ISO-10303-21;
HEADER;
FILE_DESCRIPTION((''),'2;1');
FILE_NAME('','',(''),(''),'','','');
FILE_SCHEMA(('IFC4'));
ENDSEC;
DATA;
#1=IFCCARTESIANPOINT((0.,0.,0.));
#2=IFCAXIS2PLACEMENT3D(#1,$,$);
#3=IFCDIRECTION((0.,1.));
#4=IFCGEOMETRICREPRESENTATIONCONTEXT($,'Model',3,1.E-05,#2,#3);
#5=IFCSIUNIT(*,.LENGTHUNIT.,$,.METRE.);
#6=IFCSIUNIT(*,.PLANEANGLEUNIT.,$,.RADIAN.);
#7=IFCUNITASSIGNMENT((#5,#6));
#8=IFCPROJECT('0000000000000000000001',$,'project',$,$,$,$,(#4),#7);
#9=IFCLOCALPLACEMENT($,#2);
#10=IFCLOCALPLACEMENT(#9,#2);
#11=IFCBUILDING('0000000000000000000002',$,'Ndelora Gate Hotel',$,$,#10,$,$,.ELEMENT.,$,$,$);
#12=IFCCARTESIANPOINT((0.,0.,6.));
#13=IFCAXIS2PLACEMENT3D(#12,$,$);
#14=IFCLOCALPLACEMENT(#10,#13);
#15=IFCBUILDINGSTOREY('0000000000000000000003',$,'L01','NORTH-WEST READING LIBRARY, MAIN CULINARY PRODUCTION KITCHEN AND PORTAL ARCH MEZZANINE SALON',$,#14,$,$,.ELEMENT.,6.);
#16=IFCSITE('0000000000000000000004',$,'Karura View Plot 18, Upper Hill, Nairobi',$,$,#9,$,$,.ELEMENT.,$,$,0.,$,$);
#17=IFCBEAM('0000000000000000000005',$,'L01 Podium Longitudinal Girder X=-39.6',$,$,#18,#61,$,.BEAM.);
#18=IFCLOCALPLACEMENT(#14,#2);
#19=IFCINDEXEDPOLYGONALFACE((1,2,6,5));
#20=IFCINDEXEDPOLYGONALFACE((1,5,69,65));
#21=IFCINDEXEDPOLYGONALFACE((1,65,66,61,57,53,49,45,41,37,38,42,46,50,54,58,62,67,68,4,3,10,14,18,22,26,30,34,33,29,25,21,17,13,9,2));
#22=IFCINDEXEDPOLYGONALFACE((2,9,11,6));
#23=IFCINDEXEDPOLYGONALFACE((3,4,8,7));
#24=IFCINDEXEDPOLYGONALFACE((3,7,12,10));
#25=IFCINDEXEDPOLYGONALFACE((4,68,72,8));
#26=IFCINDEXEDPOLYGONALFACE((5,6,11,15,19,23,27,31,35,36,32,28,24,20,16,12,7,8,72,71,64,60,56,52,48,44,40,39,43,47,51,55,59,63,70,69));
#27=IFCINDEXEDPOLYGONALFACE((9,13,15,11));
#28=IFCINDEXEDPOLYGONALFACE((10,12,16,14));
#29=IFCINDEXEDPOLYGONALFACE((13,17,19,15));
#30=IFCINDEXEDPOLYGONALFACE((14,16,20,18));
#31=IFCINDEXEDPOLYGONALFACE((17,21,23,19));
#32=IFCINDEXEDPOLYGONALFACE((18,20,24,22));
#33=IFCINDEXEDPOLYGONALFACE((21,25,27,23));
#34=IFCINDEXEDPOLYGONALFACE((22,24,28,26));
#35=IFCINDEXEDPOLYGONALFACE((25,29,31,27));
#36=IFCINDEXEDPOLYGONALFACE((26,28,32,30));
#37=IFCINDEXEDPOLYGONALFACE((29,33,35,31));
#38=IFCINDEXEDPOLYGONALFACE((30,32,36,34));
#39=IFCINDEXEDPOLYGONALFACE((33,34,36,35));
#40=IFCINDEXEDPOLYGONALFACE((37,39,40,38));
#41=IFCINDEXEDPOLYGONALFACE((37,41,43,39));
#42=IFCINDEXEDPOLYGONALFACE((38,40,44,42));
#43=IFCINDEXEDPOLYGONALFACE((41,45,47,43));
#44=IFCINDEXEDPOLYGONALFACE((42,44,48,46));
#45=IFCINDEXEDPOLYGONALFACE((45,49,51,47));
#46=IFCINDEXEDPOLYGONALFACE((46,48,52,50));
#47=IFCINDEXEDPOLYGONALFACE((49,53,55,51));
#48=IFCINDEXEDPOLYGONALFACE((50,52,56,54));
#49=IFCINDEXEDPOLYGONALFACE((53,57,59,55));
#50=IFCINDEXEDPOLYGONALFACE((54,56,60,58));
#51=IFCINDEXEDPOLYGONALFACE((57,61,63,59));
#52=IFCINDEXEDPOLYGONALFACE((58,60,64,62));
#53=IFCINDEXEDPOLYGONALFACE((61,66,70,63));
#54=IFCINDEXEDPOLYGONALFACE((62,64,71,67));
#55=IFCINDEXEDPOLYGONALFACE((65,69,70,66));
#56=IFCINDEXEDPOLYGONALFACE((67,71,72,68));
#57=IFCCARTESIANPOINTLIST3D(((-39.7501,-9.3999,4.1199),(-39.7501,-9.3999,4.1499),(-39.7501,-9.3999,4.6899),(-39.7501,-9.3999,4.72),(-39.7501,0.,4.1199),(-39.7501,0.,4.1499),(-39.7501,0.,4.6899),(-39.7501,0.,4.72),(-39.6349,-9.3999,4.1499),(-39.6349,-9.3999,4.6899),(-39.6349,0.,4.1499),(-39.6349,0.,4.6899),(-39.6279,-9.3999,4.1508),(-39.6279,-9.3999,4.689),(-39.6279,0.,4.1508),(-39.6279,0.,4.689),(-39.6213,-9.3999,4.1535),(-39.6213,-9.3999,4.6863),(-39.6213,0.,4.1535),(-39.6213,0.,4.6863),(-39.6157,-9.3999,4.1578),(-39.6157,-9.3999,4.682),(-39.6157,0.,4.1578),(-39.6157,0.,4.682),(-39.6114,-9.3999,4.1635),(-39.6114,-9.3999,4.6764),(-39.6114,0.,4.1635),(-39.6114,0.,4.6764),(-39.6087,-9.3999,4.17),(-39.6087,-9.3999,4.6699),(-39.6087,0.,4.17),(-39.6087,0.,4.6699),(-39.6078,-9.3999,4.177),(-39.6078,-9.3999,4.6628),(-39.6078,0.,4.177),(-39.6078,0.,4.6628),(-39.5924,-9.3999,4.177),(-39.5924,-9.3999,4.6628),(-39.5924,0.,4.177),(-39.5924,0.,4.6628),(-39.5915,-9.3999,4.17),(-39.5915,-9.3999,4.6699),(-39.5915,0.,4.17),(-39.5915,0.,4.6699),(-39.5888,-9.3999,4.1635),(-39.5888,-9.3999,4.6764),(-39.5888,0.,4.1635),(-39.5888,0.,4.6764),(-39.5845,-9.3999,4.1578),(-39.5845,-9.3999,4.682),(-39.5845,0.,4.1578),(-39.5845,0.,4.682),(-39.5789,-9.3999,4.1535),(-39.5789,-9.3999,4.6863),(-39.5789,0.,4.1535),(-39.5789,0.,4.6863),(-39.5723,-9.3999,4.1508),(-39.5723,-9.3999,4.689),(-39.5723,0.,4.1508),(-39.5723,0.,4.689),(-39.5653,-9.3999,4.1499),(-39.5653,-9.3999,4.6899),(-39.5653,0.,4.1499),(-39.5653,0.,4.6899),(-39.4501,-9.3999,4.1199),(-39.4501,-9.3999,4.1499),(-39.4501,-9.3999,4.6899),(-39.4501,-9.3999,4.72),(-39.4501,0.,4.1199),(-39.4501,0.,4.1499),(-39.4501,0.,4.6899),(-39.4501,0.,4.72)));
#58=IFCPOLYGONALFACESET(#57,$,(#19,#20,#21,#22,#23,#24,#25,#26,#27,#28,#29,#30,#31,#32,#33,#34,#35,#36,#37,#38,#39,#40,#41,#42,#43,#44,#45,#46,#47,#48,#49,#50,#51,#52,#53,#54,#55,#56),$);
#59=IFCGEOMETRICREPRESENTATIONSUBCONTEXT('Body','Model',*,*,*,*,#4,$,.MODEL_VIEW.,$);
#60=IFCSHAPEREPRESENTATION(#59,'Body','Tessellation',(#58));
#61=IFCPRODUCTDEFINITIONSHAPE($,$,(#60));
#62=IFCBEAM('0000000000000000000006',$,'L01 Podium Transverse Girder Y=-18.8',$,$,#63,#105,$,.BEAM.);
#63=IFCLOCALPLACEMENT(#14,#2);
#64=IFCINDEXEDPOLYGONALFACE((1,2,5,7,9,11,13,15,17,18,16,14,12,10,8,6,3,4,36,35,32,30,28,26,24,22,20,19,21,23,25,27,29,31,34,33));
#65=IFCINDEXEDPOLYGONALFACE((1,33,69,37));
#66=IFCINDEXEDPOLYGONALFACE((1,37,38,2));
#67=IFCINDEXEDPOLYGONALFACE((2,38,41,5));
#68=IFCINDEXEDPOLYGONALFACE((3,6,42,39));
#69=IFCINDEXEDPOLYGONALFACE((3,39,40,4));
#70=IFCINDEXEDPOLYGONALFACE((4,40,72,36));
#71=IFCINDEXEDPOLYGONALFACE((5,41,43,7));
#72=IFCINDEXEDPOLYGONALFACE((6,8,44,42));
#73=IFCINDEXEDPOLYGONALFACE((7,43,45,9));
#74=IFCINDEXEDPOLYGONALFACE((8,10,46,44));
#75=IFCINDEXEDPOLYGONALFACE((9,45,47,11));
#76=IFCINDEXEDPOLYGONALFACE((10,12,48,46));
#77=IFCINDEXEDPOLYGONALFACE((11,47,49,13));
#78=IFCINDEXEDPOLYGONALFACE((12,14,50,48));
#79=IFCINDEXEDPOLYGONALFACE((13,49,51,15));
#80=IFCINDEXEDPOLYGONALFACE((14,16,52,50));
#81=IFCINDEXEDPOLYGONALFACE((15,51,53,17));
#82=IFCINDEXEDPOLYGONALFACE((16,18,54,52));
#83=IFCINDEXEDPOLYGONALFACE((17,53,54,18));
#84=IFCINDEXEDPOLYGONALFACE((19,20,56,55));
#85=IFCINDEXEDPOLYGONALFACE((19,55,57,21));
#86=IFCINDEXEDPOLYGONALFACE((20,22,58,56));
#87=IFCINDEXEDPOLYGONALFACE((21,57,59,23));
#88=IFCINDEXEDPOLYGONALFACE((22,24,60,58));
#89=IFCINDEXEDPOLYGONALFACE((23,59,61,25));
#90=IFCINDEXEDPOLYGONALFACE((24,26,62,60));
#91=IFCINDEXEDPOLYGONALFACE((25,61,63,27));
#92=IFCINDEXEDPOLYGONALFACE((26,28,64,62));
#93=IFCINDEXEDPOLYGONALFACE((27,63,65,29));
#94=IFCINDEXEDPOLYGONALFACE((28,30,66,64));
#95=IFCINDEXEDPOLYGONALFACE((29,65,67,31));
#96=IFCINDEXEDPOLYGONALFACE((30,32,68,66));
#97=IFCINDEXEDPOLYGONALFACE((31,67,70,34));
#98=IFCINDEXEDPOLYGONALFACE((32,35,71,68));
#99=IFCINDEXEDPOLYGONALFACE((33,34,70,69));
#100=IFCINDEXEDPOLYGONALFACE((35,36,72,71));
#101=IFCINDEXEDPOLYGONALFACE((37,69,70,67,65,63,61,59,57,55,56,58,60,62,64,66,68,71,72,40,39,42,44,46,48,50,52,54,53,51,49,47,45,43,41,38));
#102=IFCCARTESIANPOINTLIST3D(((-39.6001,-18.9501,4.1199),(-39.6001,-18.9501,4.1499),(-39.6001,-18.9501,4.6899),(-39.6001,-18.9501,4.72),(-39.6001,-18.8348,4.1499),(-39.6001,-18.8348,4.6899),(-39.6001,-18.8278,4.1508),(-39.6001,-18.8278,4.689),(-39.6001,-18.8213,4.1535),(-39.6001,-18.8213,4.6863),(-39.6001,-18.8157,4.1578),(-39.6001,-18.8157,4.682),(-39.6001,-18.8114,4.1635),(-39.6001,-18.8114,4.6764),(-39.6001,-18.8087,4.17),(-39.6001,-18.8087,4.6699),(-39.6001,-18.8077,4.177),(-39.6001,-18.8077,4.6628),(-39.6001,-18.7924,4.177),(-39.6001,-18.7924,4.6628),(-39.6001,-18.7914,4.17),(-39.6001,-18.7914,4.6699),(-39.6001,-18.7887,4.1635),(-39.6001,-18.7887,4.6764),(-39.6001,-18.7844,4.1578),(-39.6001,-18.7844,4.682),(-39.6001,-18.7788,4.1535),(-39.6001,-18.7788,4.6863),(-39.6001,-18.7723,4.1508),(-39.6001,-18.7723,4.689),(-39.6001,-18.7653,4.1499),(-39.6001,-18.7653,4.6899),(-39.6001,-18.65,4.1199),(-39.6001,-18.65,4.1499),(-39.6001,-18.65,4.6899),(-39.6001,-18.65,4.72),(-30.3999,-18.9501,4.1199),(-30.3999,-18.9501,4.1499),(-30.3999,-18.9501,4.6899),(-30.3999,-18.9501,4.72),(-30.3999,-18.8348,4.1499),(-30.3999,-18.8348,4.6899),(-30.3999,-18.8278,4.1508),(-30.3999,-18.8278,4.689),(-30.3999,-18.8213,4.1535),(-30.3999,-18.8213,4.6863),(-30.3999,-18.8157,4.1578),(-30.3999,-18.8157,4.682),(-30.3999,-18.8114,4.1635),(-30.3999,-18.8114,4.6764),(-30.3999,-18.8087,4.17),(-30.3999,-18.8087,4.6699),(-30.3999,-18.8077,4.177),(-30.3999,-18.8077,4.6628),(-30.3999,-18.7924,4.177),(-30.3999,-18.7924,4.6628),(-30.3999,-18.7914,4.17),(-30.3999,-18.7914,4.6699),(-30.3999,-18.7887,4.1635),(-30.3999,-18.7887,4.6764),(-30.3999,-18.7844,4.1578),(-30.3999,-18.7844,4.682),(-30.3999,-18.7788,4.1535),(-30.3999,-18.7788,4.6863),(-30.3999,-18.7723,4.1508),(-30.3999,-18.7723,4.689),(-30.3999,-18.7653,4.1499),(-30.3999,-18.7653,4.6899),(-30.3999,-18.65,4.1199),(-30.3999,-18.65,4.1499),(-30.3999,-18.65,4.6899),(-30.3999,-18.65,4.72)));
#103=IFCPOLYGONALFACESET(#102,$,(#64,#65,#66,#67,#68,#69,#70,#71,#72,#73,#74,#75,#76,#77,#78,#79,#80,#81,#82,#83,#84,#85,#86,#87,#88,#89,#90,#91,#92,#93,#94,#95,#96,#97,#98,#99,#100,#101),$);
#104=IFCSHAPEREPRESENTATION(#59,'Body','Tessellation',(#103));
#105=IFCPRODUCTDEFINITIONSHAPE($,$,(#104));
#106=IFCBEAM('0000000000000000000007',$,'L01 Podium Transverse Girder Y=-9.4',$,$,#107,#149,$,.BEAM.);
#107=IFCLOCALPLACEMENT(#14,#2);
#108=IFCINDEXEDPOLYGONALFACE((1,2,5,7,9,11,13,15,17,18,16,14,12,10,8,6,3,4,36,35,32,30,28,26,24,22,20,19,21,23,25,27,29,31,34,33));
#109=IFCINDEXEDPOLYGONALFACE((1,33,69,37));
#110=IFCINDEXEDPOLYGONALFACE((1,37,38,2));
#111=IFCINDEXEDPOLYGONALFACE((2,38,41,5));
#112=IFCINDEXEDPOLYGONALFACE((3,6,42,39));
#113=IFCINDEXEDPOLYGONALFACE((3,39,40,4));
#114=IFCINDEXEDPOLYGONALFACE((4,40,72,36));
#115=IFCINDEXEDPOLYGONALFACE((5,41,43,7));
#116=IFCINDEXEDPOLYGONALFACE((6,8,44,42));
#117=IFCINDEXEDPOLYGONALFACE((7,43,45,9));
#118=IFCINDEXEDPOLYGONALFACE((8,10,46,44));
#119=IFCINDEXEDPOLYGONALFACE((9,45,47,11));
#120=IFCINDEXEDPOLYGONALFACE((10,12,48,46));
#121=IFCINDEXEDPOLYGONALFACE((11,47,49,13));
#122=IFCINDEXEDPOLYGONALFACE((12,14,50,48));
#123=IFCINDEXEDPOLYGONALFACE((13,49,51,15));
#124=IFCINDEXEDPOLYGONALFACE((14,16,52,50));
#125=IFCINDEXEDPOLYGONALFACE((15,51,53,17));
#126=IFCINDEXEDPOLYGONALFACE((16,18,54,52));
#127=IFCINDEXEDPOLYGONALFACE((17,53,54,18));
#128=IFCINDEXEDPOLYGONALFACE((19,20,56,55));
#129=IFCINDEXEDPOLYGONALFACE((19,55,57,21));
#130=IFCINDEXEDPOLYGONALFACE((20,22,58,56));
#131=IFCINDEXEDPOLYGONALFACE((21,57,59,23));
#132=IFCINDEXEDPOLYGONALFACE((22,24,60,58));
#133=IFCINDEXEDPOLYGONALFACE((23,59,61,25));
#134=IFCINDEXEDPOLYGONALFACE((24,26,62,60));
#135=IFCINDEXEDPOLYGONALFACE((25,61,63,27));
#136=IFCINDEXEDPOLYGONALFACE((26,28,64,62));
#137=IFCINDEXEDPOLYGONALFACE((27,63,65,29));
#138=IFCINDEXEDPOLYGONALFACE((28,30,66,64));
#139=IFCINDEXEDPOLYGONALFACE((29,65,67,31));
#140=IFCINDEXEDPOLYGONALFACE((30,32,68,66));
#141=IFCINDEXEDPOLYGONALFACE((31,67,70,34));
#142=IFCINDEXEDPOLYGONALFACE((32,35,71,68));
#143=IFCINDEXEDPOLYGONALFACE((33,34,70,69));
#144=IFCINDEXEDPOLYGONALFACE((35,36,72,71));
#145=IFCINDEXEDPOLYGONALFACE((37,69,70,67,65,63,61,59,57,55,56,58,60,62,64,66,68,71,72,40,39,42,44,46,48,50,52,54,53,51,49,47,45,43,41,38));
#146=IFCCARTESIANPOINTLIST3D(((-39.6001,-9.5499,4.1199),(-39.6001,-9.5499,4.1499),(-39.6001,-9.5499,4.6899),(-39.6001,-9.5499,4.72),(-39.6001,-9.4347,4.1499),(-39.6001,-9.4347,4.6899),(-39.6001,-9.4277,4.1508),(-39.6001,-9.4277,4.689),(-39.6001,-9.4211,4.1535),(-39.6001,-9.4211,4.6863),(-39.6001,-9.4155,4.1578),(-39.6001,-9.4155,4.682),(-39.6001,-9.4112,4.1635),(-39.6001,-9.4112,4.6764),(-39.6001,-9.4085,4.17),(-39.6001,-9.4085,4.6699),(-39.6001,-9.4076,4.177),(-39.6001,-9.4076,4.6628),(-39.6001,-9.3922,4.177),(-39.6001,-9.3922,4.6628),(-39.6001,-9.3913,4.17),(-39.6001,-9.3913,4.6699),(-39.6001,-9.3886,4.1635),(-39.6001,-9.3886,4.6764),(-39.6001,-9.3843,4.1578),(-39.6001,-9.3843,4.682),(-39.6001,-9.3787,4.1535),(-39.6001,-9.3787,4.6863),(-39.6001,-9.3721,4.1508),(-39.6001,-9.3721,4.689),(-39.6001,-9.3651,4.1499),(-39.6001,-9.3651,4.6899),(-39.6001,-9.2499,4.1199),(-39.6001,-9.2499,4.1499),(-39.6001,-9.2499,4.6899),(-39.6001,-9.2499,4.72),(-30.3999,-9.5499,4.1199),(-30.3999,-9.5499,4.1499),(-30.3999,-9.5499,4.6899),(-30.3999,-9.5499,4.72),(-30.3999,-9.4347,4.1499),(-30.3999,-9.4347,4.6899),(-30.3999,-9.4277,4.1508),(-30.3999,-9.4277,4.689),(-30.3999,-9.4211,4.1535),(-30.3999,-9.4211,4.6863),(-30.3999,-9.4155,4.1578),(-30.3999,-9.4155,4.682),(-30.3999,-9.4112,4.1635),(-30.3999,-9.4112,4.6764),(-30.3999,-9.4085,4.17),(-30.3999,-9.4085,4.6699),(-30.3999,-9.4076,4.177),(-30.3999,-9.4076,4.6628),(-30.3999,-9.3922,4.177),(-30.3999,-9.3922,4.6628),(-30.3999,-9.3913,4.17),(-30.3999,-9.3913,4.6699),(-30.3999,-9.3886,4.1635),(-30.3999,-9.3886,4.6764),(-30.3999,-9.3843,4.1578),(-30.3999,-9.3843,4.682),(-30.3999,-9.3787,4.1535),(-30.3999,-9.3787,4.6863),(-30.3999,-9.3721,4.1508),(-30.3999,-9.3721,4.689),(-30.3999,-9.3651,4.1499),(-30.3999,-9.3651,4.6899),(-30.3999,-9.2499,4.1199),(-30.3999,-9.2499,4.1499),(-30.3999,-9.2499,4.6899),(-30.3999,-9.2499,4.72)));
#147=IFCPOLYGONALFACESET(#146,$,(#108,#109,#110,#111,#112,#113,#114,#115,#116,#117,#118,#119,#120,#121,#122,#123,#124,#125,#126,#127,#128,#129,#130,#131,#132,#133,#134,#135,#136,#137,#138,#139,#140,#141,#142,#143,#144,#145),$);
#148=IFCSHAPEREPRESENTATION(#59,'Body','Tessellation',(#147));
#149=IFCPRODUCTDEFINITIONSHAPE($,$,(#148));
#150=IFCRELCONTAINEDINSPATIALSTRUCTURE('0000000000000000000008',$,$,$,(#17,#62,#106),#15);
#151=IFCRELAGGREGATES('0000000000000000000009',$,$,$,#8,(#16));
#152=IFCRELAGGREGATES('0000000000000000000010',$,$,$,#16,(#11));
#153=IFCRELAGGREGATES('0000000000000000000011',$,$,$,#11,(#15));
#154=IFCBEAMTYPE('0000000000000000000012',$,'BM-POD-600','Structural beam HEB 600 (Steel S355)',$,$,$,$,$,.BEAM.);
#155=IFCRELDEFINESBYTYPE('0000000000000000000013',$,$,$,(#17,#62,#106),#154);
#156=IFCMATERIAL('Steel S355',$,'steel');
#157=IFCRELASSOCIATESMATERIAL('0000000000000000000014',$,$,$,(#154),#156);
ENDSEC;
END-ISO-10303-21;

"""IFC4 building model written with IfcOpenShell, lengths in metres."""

from ifc_helpers import new_model, si_unit, direction, frame, origin, origin_2d, place, context, subcontext, project, spatial, i_section, extrude, material, material_profile, profile_set, type_object, element, save


model = new_model("IFC4")

# Units and contexts
model_context = context("Model", 3, precision=1e-05, world=origin(), true_north=direction((0.0, 1.0)))
body_context = subcontext(model_context, "Body", "Model", "MODEL_VIEW")
ifc_project = project(units=[si_unit("LENGTHUNIT", "METRE"), si_unit("PLANEANGLEUNIT", "RADIAN")], contexts=[model_context])

# Site, building, storey
site_placement = place(None, origin())
site = spatial("IfcSite", under=ifc_project, at=site_placement, Name="Karura View Plot 18, Upper Hill, Nairobi", CompositionType="ELEMENT", RefElevation=0.0)
building_placement = place(site_placement, origin())
building = spatial("IfcBuilding", under=site, at=building_placement, Name="Ndelora Gate Hotel", CompositionType="ELEMENT")
storey_placement = place(building_placement, frame((0.0, 0.0, 6.0)))
storey = spatial("IfcBuildingStorey", under=building, at=storey_placement, Name="L01", Description="NORTH-WEST READING LIBRARY, MAIN CULINARY PRODUCTION KITCHEN AND PORTAL ARCH MEZZANINE SALON", CompositionType="ELEMENT", Elevation=6.0)

# Beams
ifc_material_1 = material(Name="Steel S355", Category="steel")
ifc_material_profile_1 = material_profile(ifc_material_1, i_section(OverallWidth=0.3, OverallDepth=0.6001, WebThickness=0.0154, FlangeThickness=0.03, FilletRadius=0.0271, at=origin_2d()), Name="HEB 600")
ifc_profile_set_1 = profile_set([ifc_material_profile_1], Name="Steel S355")
beam_type_1 = type_object("IfcBeamType", Name="BM-POD-600", Description="Structural beam HEB 600 (Steel S355)", PredefinedType="BEAM", material=ifc_profile_set_1)
beam_1_placement = place(storey_placement, frame((-39.6001, -9.3999, 4.4199), z_axis=(0.0, 1.0, 0.0), x_axis=(-1.0, 0.0, 0.0)))
element("IfcBeam", 1, at=beam_1_placement, inside=storey, type_object=beam_type_1, Name="L01 Podium Longitudinal Girder X=-39.6", PredefinedType="BEAM", context=body_context, shape_type="SweptSolid", body=[
    extrude(i_section(OverallWidth=0.3, OverallDepth=0.6001, WebThickness=0.0154, FlangeThickness=0.03, FilletRadius=0.0271, at=origin_2d()), origin(), (0.0, 0.0, 1.0), 9.3999),
])
for number, where, z_axis, x_axis, name in (
    (2, (-39.6001, -18.8, 4.4199), (1.0, 0.0, 0.0), (0.0, 1.0, 0.0), "L01 Podium Transverse Girder Y=-18.8"),
    (3, (-39.6001, -9.3999, 4.4199), (1.0, 0.0, 0.0), (0.0, 1.0, 0.0), "L01 Podium Transverse Girder Y=-9.4"),
):
    element("IfcBeam", number, at=place(storey_placement, frame(where, z_axis=z_axis, x_axis=x_axis)), inside=storey, type_object=beam_type_1, Name=name, PredefinedType="BEAM", context=body_context, shape_type="SweptSolid", body=[
        extrude(i_section(OverallWidth=0.3, OverallDepth=0.6001, WebThickness=0.0154, FlangeThickness=0.03, FilletRadius=0.0271, at=origin_2d()), origin(), (0.0, 0.0, 1.0), 9.2002),
    ])

save(model, "model.ifc")
